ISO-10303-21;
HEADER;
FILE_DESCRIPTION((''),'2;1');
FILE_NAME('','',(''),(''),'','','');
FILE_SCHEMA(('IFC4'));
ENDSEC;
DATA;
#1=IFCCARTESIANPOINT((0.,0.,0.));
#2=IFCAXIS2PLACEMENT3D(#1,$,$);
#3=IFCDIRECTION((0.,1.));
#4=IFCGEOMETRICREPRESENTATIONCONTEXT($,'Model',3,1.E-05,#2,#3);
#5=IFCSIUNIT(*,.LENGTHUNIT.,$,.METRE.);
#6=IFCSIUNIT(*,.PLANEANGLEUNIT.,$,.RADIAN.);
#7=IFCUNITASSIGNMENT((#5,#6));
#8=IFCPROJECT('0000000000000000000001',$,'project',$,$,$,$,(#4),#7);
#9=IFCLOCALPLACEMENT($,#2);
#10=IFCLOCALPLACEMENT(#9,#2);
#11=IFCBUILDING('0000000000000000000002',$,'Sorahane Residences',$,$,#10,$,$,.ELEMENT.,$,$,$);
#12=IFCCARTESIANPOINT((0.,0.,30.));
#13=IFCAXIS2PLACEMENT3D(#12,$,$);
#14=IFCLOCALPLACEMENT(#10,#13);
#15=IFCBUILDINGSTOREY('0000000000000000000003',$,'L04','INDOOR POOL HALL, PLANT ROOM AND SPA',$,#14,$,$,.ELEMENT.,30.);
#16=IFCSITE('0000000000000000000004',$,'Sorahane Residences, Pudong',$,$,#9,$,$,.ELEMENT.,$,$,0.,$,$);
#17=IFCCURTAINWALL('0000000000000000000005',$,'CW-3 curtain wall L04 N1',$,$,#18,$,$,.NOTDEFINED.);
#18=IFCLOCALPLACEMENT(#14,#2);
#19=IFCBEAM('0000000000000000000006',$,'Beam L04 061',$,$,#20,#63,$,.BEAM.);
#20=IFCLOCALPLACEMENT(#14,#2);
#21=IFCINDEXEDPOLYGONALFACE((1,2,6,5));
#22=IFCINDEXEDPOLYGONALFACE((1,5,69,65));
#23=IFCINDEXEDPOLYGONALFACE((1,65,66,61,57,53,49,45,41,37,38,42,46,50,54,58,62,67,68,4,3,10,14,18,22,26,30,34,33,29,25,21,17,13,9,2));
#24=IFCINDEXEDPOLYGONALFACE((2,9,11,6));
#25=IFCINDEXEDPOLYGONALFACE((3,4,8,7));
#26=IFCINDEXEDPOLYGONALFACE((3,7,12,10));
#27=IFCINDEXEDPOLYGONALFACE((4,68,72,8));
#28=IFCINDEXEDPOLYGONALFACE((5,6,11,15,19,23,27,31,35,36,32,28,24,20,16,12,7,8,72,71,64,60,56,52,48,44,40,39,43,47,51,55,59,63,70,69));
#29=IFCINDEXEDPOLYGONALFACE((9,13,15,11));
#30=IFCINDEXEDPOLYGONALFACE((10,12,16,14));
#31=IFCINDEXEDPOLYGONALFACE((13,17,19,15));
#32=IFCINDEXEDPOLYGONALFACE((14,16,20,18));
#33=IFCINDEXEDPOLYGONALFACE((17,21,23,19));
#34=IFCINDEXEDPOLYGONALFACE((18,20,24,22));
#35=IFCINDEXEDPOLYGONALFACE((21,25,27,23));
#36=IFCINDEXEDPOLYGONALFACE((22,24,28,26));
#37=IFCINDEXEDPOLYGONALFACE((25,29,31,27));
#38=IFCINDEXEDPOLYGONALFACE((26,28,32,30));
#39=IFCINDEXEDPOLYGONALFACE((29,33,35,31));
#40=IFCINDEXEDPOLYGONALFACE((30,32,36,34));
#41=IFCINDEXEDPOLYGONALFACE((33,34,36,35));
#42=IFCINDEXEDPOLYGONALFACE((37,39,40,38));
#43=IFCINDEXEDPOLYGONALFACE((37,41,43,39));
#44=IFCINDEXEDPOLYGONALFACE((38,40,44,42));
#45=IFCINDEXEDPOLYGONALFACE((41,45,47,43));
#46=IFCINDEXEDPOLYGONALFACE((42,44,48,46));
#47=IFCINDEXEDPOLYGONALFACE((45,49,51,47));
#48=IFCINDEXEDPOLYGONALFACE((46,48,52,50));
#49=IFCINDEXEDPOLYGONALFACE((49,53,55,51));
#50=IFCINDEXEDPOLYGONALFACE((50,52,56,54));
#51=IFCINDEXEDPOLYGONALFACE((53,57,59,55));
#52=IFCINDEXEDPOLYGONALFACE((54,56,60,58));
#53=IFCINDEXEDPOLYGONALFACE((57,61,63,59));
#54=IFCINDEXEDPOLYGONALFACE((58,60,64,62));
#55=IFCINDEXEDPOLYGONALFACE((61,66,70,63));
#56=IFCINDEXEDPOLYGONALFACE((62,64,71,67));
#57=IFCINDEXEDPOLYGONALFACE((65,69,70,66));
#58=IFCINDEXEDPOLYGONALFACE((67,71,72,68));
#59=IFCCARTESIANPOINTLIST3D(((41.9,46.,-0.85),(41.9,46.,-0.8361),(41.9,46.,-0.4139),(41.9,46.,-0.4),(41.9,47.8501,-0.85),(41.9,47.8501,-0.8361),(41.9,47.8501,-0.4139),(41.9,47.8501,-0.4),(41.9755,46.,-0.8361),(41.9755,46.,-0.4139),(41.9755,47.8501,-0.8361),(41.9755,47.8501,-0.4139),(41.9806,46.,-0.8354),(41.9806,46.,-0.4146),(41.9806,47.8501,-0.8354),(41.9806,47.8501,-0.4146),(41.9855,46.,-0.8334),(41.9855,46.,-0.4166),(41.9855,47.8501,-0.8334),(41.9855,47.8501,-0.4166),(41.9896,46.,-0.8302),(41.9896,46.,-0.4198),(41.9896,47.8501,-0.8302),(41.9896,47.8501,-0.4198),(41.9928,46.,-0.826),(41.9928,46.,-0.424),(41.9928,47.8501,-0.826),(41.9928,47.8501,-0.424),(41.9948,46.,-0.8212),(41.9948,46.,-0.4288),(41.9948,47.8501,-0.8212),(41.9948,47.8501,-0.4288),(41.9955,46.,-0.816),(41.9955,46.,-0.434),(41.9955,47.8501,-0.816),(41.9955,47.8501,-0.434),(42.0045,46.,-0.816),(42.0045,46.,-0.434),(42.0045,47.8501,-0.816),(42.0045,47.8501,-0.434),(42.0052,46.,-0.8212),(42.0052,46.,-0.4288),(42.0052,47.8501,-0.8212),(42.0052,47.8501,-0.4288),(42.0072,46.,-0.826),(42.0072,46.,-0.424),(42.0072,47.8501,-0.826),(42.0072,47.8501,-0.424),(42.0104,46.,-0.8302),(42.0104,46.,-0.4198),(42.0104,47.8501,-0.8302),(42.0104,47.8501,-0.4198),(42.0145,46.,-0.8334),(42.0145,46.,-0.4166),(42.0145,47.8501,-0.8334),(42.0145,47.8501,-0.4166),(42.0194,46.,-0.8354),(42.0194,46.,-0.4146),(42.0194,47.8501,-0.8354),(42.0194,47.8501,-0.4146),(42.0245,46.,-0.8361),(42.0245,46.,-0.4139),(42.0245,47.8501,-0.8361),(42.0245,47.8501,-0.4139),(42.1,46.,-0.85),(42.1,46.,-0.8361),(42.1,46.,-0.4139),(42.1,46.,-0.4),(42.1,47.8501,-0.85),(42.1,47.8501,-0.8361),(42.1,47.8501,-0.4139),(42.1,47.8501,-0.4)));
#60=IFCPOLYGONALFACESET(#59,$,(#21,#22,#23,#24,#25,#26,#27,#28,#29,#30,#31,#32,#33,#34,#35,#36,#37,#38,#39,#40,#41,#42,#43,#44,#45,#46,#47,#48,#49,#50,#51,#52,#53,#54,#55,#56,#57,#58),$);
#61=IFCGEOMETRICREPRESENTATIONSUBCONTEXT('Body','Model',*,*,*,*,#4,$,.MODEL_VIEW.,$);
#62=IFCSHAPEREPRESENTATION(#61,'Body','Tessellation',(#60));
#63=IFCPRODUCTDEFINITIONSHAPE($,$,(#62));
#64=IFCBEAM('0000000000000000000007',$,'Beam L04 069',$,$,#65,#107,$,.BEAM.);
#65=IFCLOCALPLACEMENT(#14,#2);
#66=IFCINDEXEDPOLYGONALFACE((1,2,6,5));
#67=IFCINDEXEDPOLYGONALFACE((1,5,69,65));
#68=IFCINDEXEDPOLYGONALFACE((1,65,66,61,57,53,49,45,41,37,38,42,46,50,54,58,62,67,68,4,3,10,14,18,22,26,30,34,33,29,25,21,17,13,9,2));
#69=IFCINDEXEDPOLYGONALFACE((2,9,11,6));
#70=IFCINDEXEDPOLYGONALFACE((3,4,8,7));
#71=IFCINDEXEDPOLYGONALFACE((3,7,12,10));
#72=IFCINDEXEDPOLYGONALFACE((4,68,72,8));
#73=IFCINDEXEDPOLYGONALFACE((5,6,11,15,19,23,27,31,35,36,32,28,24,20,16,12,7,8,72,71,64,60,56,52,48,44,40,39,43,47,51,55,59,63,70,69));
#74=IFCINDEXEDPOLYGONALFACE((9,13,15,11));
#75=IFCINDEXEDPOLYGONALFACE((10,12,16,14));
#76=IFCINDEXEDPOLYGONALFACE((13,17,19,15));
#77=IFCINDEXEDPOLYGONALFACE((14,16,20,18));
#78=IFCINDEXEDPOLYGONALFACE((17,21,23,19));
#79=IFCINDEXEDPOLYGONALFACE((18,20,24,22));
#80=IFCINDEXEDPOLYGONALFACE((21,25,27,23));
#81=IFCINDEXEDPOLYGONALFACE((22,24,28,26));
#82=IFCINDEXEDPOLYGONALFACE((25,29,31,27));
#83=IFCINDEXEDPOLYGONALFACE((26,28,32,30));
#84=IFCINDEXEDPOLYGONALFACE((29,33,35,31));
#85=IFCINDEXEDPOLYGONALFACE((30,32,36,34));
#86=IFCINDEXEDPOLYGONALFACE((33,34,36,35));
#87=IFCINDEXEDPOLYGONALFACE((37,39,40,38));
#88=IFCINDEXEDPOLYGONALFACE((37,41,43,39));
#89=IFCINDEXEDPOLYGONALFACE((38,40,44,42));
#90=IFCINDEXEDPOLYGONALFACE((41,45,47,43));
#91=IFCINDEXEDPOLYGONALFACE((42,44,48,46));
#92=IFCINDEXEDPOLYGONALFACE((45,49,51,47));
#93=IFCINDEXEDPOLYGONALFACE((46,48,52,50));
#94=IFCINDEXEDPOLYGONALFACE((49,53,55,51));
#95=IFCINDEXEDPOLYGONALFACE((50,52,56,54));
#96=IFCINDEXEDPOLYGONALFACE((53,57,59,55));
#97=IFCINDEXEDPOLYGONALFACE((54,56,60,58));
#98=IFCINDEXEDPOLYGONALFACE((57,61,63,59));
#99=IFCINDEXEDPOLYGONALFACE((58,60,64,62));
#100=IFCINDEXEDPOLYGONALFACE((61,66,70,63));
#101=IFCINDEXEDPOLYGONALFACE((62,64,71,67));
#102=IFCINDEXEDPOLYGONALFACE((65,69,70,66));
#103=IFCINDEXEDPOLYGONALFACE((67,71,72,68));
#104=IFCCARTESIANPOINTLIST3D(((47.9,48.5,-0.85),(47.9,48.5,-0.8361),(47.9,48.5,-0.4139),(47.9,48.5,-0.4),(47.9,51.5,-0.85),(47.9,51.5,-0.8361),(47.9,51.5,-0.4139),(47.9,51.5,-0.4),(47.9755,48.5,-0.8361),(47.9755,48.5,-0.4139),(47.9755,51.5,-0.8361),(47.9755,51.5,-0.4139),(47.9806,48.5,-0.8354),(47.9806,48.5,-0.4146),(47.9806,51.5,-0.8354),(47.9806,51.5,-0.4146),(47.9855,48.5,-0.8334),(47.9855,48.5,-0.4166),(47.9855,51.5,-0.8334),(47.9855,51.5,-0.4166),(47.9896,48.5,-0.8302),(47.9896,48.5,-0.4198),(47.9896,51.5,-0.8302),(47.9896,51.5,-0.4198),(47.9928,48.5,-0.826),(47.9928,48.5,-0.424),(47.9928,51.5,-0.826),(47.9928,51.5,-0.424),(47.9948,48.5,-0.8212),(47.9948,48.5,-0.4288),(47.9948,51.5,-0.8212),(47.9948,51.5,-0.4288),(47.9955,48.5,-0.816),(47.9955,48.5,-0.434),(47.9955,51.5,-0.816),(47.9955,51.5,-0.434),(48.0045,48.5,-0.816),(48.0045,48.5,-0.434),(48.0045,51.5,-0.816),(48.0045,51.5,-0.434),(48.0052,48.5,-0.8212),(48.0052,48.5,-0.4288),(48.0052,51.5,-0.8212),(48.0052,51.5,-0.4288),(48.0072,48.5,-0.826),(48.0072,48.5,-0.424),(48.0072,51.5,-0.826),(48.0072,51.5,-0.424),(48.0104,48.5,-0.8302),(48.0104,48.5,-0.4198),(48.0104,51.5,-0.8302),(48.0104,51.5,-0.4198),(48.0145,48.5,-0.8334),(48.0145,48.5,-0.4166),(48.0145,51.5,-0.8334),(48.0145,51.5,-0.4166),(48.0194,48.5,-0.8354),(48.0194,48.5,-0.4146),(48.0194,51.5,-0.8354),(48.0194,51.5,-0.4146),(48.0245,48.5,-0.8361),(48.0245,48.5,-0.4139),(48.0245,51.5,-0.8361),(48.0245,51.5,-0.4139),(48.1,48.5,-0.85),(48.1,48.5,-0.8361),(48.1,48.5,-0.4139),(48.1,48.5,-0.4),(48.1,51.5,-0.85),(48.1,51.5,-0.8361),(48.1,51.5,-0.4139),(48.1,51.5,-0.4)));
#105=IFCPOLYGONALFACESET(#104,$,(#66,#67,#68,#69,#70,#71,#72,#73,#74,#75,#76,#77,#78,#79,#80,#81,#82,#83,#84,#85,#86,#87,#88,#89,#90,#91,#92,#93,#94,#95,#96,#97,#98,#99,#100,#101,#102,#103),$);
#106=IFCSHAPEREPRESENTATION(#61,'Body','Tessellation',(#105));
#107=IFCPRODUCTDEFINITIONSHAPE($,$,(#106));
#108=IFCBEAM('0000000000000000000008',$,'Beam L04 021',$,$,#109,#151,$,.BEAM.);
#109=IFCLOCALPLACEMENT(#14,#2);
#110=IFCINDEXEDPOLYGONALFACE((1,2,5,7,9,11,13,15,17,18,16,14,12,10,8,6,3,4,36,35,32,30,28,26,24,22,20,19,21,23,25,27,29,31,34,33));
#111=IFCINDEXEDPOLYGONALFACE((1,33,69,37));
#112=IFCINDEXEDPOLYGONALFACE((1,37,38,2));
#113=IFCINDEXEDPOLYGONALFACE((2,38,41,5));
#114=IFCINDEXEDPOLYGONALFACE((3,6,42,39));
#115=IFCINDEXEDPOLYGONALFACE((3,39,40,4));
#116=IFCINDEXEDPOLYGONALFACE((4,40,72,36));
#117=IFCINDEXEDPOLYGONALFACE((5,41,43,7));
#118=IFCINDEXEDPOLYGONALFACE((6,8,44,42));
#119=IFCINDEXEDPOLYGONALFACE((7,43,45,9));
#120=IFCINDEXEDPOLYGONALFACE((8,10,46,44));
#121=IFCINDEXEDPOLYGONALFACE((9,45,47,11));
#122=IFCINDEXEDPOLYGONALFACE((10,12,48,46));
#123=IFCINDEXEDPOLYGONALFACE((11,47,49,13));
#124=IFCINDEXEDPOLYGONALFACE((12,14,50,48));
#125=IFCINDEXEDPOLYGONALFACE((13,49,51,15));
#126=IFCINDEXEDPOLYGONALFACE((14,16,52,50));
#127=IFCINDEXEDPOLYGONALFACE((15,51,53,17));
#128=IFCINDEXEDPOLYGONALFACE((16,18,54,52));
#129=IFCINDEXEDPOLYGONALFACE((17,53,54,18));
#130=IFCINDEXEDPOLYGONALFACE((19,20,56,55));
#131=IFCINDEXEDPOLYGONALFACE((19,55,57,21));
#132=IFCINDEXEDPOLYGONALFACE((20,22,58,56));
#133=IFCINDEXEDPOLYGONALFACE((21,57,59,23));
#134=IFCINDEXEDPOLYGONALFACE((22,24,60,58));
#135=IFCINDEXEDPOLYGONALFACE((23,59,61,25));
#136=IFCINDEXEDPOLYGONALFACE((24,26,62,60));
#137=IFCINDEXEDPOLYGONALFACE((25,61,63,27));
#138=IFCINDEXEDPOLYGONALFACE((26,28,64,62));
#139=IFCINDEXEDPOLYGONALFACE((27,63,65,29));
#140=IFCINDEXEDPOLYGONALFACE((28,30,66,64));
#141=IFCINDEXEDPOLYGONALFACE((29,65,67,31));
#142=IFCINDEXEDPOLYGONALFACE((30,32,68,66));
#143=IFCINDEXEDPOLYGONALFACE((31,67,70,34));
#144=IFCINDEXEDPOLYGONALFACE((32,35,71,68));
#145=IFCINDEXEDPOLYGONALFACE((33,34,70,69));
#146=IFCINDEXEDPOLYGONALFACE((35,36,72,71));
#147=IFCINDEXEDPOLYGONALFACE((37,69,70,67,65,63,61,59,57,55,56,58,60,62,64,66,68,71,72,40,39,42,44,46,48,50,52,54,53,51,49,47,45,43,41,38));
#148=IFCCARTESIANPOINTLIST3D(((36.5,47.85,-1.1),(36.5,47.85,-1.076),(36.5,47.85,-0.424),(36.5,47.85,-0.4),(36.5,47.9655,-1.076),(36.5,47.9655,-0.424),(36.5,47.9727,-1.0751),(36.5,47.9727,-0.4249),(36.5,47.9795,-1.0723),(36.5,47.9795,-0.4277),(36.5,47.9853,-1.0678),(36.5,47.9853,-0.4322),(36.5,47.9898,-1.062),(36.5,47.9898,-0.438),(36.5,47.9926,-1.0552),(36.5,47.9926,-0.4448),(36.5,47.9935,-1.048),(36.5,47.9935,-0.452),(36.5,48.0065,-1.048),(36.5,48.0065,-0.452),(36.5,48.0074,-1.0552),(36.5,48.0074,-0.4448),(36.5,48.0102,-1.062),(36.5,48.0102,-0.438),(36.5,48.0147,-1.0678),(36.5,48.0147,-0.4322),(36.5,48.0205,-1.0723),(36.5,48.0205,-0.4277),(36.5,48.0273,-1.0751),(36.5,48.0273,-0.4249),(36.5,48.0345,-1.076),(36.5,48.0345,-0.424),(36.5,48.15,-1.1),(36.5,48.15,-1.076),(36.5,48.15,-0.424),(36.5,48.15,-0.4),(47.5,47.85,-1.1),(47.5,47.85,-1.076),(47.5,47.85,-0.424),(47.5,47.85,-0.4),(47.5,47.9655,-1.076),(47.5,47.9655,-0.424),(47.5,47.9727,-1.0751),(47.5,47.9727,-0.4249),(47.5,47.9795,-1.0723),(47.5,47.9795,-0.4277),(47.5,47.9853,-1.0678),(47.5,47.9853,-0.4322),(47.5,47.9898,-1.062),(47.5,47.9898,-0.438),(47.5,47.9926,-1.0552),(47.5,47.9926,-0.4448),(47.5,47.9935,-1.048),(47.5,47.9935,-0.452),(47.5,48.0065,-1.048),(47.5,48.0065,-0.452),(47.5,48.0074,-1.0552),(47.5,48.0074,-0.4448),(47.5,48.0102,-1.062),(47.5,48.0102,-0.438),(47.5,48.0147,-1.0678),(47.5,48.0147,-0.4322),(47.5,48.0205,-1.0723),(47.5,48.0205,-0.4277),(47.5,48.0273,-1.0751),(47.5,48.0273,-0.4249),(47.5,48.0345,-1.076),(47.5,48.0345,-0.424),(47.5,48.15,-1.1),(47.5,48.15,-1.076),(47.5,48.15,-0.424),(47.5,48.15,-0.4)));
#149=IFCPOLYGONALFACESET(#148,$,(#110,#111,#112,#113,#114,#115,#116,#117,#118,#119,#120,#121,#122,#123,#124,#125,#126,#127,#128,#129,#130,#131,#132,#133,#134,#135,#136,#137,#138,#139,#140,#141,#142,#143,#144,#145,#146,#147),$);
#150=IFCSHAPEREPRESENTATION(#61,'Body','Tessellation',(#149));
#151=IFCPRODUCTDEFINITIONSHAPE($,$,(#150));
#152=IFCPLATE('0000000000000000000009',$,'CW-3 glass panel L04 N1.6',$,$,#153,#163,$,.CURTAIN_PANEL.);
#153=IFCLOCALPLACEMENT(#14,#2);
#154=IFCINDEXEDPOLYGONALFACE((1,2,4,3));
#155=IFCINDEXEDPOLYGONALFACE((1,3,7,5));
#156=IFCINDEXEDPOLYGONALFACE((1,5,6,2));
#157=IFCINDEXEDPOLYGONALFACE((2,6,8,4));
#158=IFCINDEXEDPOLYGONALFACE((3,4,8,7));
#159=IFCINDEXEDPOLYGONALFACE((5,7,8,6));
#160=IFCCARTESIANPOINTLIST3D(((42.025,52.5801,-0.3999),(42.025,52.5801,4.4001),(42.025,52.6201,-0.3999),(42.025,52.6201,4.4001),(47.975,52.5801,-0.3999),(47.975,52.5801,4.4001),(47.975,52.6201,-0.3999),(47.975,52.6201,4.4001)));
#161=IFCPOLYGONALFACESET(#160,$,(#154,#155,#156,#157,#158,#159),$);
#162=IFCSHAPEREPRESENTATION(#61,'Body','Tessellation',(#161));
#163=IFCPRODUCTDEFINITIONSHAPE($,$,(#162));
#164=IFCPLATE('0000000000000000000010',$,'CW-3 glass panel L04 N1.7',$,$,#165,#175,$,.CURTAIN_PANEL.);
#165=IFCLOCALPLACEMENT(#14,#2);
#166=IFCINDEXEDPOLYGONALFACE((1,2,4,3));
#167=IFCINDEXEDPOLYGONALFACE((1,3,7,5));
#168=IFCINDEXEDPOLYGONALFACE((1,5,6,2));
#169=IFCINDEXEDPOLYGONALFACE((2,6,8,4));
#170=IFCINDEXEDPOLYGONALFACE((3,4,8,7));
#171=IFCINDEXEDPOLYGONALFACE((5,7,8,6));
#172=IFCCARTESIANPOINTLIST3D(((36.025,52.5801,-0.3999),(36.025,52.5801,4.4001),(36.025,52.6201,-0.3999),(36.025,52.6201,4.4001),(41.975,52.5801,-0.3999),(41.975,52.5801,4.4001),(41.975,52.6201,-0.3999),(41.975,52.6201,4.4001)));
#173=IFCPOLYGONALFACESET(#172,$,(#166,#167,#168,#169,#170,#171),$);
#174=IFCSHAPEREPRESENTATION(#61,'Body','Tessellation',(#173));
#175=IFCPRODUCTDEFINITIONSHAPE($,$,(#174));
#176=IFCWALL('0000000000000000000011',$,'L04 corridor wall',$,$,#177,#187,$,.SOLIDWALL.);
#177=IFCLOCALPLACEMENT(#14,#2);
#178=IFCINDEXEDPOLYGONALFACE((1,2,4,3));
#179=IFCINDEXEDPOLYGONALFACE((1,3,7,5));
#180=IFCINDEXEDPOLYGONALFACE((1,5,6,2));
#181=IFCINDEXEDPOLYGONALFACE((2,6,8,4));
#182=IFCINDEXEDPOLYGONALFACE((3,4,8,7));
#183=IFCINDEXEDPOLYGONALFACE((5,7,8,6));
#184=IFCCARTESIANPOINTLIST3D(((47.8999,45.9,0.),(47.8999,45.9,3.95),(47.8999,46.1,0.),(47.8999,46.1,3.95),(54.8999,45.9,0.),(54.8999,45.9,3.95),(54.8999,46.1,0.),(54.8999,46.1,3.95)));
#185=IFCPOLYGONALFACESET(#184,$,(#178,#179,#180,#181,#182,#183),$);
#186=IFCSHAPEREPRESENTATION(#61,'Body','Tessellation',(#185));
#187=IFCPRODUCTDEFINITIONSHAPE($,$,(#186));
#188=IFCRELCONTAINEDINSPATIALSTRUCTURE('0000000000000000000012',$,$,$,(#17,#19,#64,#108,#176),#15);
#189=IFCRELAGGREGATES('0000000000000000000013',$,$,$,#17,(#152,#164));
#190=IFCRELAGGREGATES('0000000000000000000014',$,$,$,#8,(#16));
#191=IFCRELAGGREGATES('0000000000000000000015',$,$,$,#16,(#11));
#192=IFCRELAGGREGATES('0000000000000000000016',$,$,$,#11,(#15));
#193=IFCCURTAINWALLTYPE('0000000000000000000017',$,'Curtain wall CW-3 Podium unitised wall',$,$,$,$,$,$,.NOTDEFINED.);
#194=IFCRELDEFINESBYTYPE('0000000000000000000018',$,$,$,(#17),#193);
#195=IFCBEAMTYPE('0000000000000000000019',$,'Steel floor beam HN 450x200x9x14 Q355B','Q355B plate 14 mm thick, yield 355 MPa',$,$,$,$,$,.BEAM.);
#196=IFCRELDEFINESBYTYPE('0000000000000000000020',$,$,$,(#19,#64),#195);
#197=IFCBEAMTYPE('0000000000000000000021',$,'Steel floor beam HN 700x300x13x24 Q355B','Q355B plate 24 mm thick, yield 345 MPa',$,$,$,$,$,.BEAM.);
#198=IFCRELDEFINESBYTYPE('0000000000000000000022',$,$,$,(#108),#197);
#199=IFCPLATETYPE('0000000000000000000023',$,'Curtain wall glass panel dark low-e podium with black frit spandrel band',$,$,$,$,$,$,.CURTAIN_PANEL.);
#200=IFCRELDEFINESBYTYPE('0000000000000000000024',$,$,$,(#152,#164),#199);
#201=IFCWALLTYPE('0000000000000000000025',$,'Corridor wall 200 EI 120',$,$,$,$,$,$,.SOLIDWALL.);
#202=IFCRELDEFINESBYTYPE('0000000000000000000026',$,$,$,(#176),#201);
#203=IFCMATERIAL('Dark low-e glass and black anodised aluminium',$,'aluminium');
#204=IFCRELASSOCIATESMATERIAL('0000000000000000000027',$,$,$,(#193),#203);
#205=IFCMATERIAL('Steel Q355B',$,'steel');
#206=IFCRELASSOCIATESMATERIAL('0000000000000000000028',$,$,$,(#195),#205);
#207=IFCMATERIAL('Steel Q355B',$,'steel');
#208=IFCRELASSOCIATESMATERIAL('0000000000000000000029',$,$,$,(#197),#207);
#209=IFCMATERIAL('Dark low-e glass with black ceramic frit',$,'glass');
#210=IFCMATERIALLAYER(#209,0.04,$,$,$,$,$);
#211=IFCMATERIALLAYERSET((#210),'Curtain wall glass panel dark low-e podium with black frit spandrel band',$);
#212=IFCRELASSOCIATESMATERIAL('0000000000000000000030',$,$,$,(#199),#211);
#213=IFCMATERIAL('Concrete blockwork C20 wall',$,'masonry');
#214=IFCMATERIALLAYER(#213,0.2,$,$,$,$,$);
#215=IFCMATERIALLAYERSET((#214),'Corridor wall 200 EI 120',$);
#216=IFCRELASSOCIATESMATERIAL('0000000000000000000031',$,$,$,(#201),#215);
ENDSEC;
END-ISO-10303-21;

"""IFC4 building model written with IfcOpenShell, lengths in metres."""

from ifc_helpers import new_model, si_unit, direction, frame, frame_2d, origin, origin_2d, place, context, subcontext, project, spatial, rectangle, i_section, extrude, material, layer, layer_set, material_profile, profile_set, type_object, element, aggregate, save


model = new_model("IFC4")

# Units and contexts
model_context = context("Model", 3, precision=1e-05, world=origin(), true_north=direction((0.0, 1.0)))
body_context = subcontext(model_context, "Body", "Model", "MODEL_VIEW")
ifc_project = project(units=[si_unit("LENGTHUNIT", "METRE"), si_unit("PLANEANGLEUNIT", "RADIAN")], contexts=[model_context])

# Site, building, storey
site_placement = place(None, origin())
site = spatial("IfcSite", under=ifc_project, at=site_placement, Name="Sorahane Residences, Pudong", CompositionType="ELEMENT", RefElevation=0.0)
building_placement = place(site_placement, origin())
building = spatial("IfcBuilding", under=site, at=building_placement, Name="Sorahane Residences", CompositionType="ELEMENT")
storey_placement = place(building_placement, frame((0.0, 0.0, 30.0)))
storey = spatial("IfcBuildingStorey", under=building, at=storey_placement, Name="L04", Description="INDOOR POOL HALL, PLANT ROOM AND SPA", CompositionType="ELEMENT", Elevation=30.0)

# Curtain wall
ifc_material_1 = material(Name="Dark low-e glass and black anodised aluminium", Category="aluminium")
curtain_wall_type = type_object("IfcCurtainWallType", Name="Curtain wall CW-3 Podium unitised wall", PredefinedType="NOTDEFINED", material=ifc_material_1)
curtain_wall_placement = place(storey_placement, origin())
curtain_wall = element("IfcCurtainWall", 1, at=curtain_wall_placement, inside=storey, type_object=curtain_wall_type, Name="CW-3 curtain wall L04 N1", PredefinedType="NOTDEFINED")

# Beams
ifc_material_2 = material(Name="Steel Q355B", Category="steel")
ifc_material_profile_1 = material_profile(ifc_material_2, i_section(OverallWidth=0.2, OverallDepth=0.45, WebThickness=0.009, FlangeThickness=0.0139, FilletRadius=0.02, at=origin_2d()), Name="HN 450x200x9x14")
ifc_profile_set_1 = profile_set([ifc_material_profile_1], Name="Steel Q355B")
beam_type_1 = type_object("IfcBeamType", Name="Steel floor beam HN 450x200x9x14 Q355B", Description="Q355B plate 14 mm thick, yield 355 MPa", PredefinedType="BEAM", material=ifc_profile_set_1)
beam_1_placement = place(storey_placement, frame((42.0, 46.0, -0.625), z_axis=(0.0, 1.0, 0.0), x_axis=(-1.0, 0.0, 0.0)))
element("IfcBeam", 2, at=beam_1_placement, inside=storey, type_object=beam_type_1, Name="Beam L04 061", PredefinedType="BEAM", context=body_context, shape_type="SweptSolid", body=[
    extrude(i_section(OverallWidth=0.2, OverallDepth=0.45, WebThickness=0.009, FlangeThickness=0.0139, FilletRadius=0.02, at=origin_2d()), origin(), (0.0, 0.0, 1.0), 1.8501),
])
beam_2_placement = place(storey_placement, frame((48.0, 48.5, -0.625), z_axis=(0.0, 1.0, 0.0), x_axis=(-1.0, 0.0, 0.0)))
element("IfcBeam", 3, at=beam_2_placement, inside=storey, type_object=beam_type_1, Name="Beam L04 069", PredefinedType="BEAM", context=body_context, shape_type="SweptSolid", body=[
    extrude(i_section(OverallWidth=0.2, OverallDepth=0.45, WebThickness=0.009, FlangeThickness=0.0139, FilletRadius=0.02, at=origin_2d()), origin(), (0.0, 0.0, 1.0), 3.0),
])
ifc_material_3 = material(Name="Steel Q355B", Category="steel")
ifc_material_profile_2 = material_profile(ifc_material_3, i_section(OverallWidth=0.3, OverallDepth=0.7, WebThickness=0.0129, FlangeThickness=0.0239, FilletRadius=0.0281, at=origin_2d()), Name="HN 700x300x13x24")
ifc_profile_set_2 = profile_set([ifc_material_profile_2], Name="Steel Q355B")
beam_type_2 = type_object("IfcBeamType", Name="Steel floor beam HN 700x300x13x24 Q355B", Description="Q355B plate 24 mm thick, yield 345 MPa", PredefinedType="BEAM", material=ifc_profile_set_2)
beam_3_placement = place(storey_placement, frame((36.5, 48.0, -0.75), z_axis=(1.0, 0.0, 0.0), x_axis=(0.0, 1.0, 0.0)))
element("IfcBeam", 4, at=beam_3_placement, inside=storey, type_object=beam_type_2, Name="Beam L04 021", PredefinedType="BEAM", context=body_context, shape_type="SweptSolid", body=[
    extrude(i_section(OverallWidth=0.3, OverallDepth=0.7, WebThickness=0.0129, FlangeThickness=0.0239, FilletRadius=0.0281, at=origin_2d()), origin(), (0.0, 0.0, 1.0), 11.0),
])

# Plates
ifc_material_4 = material(Name="Dark low-e glass with black ceramic frit", Category="glass")
ifc_layer_1 = layer(ifc_material_4, 0.04)
ifc_layer_set_1 = layer_set([ifc_layer_1], Name="Curtain wall glass panel dark low-e podium with black frit spandrel band")
plate_type = type_object("IfcPlateType", Name="Curtain wall glass panel dark low-e podium with black frit spandrel band", PredefinedType="CURTAIN_PANEL", material=ifc_layer_set_1)
plate_1_placement = place(storey_placement, frame((45.0, 52.6001, -0.3999), z_axis=(0.0, 0.0, 1.0), x_axis=(-1.0, 0.0, 0.0)))
plate_1 = element("IfcPlate", 5, at=plate_1_placement, type_object=plate_type, Name="CW-3 glass panel L04 N1.6", PredefinedType="CURTAIN_PANEL", context=body_context, shape_type="SweptSolid", body=[
    extrude(rectangle(XDim=5.95, YDim=0.04, at=origin_2d()), origin(), (0.0, 0.0, 1.0), 4.8),
])
plate_2_placement = place(storey_placement, frame((39.0, 52.6001, -0.3999), z_axis=(0.0, 0.0, 1.0), x_axis=(-1.0, 0.0, 0.0)))
plate_2 = element("IfcPlate", 6, at=plate_2_placement, type_object=plate_type, Name="CW-3 glass panel L04 N1.7", PredefinedType="CURTAIN_PANEL", context=body_context, shape_type="SweptSolid", body=[
    extrude(rectangle(XDim=5.95, YDim=0.04, at=origin_2d()), origin(), (0.0, 0.0, 1.0), 4.8),
])
aggregate(curtain_wall, [plate_1, plate_2])

# Wall
ifc_material_5 = material(Name="Concrete blockwork C20 wall", Category="masonry")
ifc_layer_2 = layer(ifc_material_5, 0.2)
ifc_layer_set_2 = layer_set([ifc_layer_2], Name="Corridor wall 200 EI 120")
wall_type = type_object("IfcWallType", Name="Corridor wall 200 EI 120", PredefinedType="SOLIDWALL", material=ifc_layer_set_2)
wall_placement = place(storey_placement, frame((47.8999, 46.0, 0.0), z_axis=(0.0, 0.0, 1.0), x_axis=(1.0, 0.0, 0.0)))
element("IfcWall", 7, at=wall_placement, inside=storey, type_object=wall_type, Name="L04 corridor wall", PredefinedType="SOLIDWALL", context=body_context, shape_type="SweptSolid", body=[
    extrude(rectangle(XDim=7.0, YDim=0.2, at=frame_2d((3.5, 0.0))), origin(), (0.0, 0.0, 1.0), 3.95),
])

save(model, "model.ifc")
